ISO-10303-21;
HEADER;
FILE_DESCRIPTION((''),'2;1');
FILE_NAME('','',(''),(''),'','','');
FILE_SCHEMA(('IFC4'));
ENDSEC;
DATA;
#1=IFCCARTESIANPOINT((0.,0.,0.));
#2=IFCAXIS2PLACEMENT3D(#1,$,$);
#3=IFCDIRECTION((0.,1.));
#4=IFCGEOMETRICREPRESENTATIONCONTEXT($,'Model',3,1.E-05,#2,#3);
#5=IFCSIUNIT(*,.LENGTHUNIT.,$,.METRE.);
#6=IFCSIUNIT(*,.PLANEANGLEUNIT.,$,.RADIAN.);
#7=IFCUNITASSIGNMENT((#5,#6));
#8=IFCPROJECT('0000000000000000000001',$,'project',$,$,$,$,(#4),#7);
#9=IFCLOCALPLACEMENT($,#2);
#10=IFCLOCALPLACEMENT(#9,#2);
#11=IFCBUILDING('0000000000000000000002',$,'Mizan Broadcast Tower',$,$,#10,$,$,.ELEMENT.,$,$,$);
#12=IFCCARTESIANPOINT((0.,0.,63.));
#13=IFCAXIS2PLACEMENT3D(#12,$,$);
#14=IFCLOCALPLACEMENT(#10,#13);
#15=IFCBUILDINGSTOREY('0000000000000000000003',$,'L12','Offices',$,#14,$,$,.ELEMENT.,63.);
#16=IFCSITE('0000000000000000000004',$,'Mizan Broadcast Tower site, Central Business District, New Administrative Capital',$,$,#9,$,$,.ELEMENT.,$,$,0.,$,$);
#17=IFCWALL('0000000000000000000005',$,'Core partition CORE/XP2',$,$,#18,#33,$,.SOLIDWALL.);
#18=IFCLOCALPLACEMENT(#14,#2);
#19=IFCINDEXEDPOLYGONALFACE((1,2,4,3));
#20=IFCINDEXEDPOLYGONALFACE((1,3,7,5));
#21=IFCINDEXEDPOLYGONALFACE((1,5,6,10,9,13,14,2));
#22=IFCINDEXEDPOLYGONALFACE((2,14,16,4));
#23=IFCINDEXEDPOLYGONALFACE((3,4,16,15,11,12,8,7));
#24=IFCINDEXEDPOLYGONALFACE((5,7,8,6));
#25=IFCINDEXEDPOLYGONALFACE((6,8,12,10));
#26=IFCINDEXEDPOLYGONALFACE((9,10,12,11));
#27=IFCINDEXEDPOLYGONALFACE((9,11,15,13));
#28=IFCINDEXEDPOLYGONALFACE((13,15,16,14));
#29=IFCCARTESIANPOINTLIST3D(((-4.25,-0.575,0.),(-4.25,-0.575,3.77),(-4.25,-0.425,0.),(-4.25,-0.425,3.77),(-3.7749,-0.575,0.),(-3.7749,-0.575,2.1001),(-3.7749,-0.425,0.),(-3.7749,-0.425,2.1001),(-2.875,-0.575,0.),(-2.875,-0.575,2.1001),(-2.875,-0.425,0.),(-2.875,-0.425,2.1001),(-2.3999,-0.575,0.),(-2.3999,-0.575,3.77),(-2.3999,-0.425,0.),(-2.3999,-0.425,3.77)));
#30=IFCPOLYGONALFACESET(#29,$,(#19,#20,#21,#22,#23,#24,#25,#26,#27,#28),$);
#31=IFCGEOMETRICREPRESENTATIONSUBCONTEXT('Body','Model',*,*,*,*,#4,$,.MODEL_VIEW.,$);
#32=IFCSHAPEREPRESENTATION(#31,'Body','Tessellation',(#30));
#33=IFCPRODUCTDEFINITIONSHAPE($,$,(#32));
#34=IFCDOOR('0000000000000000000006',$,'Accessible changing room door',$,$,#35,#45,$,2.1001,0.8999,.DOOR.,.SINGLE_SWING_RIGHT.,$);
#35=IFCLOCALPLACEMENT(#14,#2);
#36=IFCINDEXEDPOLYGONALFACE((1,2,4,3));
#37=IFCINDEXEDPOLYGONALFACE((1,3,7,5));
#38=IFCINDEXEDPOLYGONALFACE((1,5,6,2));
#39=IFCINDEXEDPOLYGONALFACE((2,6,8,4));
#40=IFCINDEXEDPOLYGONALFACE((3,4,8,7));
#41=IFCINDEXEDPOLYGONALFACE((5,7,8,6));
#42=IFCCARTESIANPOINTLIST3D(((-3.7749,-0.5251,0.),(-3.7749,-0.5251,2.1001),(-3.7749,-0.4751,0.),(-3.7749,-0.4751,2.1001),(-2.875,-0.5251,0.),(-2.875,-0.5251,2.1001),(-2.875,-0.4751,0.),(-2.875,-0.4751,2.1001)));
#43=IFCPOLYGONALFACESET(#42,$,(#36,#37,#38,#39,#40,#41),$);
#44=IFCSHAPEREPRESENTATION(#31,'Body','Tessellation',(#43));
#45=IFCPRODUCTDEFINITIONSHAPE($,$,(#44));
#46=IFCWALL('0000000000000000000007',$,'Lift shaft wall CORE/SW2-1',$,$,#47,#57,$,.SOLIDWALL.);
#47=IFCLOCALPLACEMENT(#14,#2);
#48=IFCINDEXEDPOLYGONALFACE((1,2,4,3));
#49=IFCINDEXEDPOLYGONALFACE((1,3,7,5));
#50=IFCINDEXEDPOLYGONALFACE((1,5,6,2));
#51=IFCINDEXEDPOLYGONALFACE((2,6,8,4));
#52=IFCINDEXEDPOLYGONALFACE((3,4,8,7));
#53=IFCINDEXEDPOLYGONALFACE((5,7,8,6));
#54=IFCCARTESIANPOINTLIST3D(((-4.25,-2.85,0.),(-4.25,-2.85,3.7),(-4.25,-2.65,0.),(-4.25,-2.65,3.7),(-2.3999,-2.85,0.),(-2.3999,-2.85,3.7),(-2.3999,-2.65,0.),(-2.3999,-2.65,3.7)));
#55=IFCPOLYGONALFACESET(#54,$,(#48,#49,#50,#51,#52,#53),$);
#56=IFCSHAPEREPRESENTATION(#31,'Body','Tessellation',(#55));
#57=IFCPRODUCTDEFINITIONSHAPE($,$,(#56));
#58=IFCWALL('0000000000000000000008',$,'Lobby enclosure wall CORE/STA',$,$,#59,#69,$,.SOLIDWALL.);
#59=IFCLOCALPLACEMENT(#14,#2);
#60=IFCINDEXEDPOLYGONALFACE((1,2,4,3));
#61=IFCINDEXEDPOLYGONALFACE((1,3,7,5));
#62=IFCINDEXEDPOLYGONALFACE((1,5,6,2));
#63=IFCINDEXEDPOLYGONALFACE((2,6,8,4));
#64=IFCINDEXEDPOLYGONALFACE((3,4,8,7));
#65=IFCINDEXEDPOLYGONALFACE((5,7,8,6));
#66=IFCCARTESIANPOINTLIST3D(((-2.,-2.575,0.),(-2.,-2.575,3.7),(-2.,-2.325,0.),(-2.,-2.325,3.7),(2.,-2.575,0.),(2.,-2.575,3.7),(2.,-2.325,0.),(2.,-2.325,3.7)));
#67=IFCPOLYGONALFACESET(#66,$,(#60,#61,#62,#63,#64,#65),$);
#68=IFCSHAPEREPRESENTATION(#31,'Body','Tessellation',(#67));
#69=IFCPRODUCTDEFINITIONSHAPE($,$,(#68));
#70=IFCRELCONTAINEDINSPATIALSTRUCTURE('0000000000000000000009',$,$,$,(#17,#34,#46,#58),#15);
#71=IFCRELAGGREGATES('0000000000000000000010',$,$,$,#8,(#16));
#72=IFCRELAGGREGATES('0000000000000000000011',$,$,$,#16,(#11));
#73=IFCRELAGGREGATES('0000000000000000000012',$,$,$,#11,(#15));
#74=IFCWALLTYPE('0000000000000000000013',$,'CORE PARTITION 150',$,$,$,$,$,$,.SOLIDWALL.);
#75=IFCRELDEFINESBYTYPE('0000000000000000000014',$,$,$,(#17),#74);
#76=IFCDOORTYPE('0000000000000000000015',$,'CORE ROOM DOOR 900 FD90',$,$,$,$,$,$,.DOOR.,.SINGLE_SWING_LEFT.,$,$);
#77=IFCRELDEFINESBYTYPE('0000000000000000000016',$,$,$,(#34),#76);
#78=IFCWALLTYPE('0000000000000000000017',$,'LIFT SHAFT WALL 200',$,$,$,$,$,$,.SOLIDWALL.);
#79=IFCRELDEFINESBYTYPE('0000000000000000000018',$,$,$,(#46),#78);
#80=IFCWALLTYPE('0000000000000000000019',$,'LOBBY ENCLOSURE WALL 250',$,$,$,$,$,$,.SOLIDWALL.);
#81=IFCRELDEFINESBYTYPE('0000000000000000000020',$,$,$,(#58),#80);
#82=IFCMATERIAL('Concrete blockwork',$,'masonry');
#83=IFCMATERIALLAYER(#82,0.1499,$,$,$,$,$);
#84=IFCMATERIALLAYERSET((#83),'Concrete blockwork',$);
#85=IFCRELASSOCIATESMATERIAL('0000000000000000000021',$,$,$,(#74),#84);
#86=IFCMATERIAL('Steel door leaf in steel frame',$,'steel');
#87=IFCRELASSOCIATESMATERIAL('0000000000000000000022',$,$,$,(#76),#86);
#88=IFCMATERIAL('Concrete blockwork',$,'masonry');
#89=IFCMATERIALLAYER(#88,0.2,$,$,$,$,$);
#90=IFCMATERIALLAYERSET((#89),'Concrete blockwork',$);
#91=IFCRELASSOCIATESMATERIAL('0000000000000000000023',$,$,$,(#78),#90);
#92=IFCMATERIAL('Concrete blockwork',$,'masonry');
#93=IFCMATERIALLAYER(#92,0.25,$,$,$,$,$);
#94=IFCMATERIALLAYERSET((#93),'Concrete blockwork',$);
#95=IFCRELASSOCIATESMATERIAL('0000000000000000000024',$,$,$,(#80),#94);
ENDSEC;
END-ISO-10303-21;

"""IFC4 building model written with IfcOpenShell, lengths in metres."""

from ifc_helpers import new_model, si_unit, direction, frame, frame_2d, origin, place, context, subcontext, project, spatial, rectangle, extrude, material, layer, layer_set, type_object, element, fill, save


model = new_model("IFC4")

# Units and contexts
model_context = context("Model", 3, precision=1e-05, world=origin(), true_north=direction((0.0, 1.0)))
body_context = subcontext(model_context, "Body", "Model", "MODEL_VIEW")
ifc_project = project(units=[si_unit("LENGTHUNIT", "METRE"), si_unit("PLANEANGLEUNIT", "RADIAN")], contexts=[model_context])

# Site, building, storey
site_placement = place(None, origin())
site = spatial("IfcSite", under=ifc_project, at=site_placement, Name="Mizan Broadcast Tower site, Central Business District, New Administrative Capital", CompositionType="ELEMENT", RefElevation=0.0)
building_placement = place(site_placement, origin())
building = spatial("IfcBuilding", under=site, at=building_placement, Name="Mizan Broadcast Tower", CompositionType="ELEMENT")
storey_placement = place(building_placement, frame((0.0, 0.0, 63.0)))
storey = spatial("IfcBuildingStorey", under=building, at=storey_placement, Name="L12", Description="Offices", CompositionType="ELEMENT", Elevation=63.0)

# Wall, opening, door
ifc_material_1 = material(Name="Concrete blockwork", Category="masonry")
ifc_layer_1 = layer(ifc_material_1, 0.1499)
ifc_layer_set_1 = layer_set([ifc_layer_1], Name="Concrete blockwork")
wall_type_1 = type_object("IfcWallType", Name="CORE PARTITION 150", PredefinedType="SOLIDWALL", material=ifc_layer_set_1)
wall_1_placement = place(storey_placement, frame((-4.25, -0.5, 0.0), z_axis=(0.0, 0.0, 1.0), x_axis=(1.0, 0.0, 0.0)))
wall_1 = element("IfcWall", 1, at=wall_1_placement, inside=storey, type_object=wall_type_1, Name="Core partition CORE/XP2", PredefinedType="SOLIDWALL", context=body_context, shape_type="SweptSolid", body=[
    extrude(rectangle(XDim=1.8501, YDim=0.1499, at=frame_2d((0.925, 0.0))), origin(), (0.0, 0.0, 1.0), 3.77),
])
opening_1_placement = place(wall_1_placement, frame((0.4751, 0.0, 0.0)))
opening_1 = element("IfcOpeningElement", 2, at=opening_1_placement, cuts=wall_1, PredefinedType="OPENING", context=body_context, shape_type="SweptSolid", body=[
    extrude(rectangle(XDim=0.8999, YDim=2.1001, at=frame_2d((0.45, 1.05))), frame((0.0, 0.085, 0.0), z_axis=(0.0, -1.0, 0.0), x_axis=(1.0, 0.0, 0.0)), (0.0, 0.0, 1.0), 0.1699),
])
ifc_material_2 = material(Name="Steel door leaf in steel frame", Category="steel")
door_type_1 = type_object("IfcDoorType", Name="CORE ROOM DOOR 900 FD90", OperationType="SINGLE_SWING_LEFT", PredefinedType="DOOR", material=ifc_material_2)
door_1_placement = place(opening_1_placement, origin())
door_1 = element("IfcDoor", 3, at=door_1_placement, inside=storey, type_object=door_type_1, Name="Accessible changing room door", OperationType="SINGLE_SWING_RIGHT", OverallHeight=2.1001, OverallWidth=0.8999, PredefinedType="DOOR", context=body_context, shape_type="SweptSolid", body=[
    extrude(rectangle(XDim=0.8999, YDim=2.1001, at=frame_2d((0.45, 1.05))), frame((0.0, 0.0249, 0.0), z_axis=(0.0, -1.0, 0.0), x_axis=(1.0, 0.0, 0.0)), (0.0, 0.0, 1.0), 0.05),
])
fill(opening_1, door_1)

# Walls
ifc_material_3 = material(Name="Concrete blockwork", Category="masonry")
ifc_layer_2 = layer(ifc_material_3, 0.2)
ifc_layer_set_2 = layer_set([ifc_layer_2], Name="Concrete blockwork")
wall_type_2 = type_object("IfcWallType", Name="LIFT SHAFT WALL 200", PredefinedType="SOLIDWALL", material=ifc_layer_set_2)
wall_2_placement = place(storey_placement, frame((-4.25, -2.75, 0.0), z_axis=(0.0, 0.0, 1.0), x_axis=(1.0, 0.0, 0.0)))
element("IfcWall", 4, at=wall_2_placement, inside=storey, type_object=wall_type_2, Name="Lift shaft wall CORE/SW2-1", PredefinedType="SOLIDWALL", context=body_context, shape_type="SweptSolid", body=[
    extrude(rectangle(XDim=1.8501, YDim=0.2, at=frame_2d((0.925, 0.0))), origin(), (0.0, 0.0, 1.0), 3.7),
])
ifc_material_4 = material(Name="Concrete blockwork", Category="masonry")
ifc_layer_3 = layer(ifc_material_4, 0.25)
ifc_layer_set_3 = layer_set([ifc_layer_3], Name="Concrete blockwork")
wall_type_3 = type_object("IfcWallType", Name="LOBBY ENCLOSURE WALL 250", PredefinedType="SOLIDWALL", material=ifc_layer_set_3)
wall_3_placement = place(storey_placement, frame((-2.0, -2.45, 0.0), z_axis=(0.0, 0.0, 1.0), x_axis=(1.0, 0.0, 0.0)))
element("IfcWall", 5, at=wall_3_placement, inside=storey, type_object=wall_type_3, Name="Lobby enclosure wall CORE/STA", PredefinedType="SOLIDWALL", context=body_context, shape_type="SweptSolid", body=[
    extrude(rectangle(XDim=4.0, YDim=0.25, at=frame_2d((2.0, 0.0))), origin(), (0.0, 0.0, 1.0), 3.7),
])

save(model, "model.ifc")
